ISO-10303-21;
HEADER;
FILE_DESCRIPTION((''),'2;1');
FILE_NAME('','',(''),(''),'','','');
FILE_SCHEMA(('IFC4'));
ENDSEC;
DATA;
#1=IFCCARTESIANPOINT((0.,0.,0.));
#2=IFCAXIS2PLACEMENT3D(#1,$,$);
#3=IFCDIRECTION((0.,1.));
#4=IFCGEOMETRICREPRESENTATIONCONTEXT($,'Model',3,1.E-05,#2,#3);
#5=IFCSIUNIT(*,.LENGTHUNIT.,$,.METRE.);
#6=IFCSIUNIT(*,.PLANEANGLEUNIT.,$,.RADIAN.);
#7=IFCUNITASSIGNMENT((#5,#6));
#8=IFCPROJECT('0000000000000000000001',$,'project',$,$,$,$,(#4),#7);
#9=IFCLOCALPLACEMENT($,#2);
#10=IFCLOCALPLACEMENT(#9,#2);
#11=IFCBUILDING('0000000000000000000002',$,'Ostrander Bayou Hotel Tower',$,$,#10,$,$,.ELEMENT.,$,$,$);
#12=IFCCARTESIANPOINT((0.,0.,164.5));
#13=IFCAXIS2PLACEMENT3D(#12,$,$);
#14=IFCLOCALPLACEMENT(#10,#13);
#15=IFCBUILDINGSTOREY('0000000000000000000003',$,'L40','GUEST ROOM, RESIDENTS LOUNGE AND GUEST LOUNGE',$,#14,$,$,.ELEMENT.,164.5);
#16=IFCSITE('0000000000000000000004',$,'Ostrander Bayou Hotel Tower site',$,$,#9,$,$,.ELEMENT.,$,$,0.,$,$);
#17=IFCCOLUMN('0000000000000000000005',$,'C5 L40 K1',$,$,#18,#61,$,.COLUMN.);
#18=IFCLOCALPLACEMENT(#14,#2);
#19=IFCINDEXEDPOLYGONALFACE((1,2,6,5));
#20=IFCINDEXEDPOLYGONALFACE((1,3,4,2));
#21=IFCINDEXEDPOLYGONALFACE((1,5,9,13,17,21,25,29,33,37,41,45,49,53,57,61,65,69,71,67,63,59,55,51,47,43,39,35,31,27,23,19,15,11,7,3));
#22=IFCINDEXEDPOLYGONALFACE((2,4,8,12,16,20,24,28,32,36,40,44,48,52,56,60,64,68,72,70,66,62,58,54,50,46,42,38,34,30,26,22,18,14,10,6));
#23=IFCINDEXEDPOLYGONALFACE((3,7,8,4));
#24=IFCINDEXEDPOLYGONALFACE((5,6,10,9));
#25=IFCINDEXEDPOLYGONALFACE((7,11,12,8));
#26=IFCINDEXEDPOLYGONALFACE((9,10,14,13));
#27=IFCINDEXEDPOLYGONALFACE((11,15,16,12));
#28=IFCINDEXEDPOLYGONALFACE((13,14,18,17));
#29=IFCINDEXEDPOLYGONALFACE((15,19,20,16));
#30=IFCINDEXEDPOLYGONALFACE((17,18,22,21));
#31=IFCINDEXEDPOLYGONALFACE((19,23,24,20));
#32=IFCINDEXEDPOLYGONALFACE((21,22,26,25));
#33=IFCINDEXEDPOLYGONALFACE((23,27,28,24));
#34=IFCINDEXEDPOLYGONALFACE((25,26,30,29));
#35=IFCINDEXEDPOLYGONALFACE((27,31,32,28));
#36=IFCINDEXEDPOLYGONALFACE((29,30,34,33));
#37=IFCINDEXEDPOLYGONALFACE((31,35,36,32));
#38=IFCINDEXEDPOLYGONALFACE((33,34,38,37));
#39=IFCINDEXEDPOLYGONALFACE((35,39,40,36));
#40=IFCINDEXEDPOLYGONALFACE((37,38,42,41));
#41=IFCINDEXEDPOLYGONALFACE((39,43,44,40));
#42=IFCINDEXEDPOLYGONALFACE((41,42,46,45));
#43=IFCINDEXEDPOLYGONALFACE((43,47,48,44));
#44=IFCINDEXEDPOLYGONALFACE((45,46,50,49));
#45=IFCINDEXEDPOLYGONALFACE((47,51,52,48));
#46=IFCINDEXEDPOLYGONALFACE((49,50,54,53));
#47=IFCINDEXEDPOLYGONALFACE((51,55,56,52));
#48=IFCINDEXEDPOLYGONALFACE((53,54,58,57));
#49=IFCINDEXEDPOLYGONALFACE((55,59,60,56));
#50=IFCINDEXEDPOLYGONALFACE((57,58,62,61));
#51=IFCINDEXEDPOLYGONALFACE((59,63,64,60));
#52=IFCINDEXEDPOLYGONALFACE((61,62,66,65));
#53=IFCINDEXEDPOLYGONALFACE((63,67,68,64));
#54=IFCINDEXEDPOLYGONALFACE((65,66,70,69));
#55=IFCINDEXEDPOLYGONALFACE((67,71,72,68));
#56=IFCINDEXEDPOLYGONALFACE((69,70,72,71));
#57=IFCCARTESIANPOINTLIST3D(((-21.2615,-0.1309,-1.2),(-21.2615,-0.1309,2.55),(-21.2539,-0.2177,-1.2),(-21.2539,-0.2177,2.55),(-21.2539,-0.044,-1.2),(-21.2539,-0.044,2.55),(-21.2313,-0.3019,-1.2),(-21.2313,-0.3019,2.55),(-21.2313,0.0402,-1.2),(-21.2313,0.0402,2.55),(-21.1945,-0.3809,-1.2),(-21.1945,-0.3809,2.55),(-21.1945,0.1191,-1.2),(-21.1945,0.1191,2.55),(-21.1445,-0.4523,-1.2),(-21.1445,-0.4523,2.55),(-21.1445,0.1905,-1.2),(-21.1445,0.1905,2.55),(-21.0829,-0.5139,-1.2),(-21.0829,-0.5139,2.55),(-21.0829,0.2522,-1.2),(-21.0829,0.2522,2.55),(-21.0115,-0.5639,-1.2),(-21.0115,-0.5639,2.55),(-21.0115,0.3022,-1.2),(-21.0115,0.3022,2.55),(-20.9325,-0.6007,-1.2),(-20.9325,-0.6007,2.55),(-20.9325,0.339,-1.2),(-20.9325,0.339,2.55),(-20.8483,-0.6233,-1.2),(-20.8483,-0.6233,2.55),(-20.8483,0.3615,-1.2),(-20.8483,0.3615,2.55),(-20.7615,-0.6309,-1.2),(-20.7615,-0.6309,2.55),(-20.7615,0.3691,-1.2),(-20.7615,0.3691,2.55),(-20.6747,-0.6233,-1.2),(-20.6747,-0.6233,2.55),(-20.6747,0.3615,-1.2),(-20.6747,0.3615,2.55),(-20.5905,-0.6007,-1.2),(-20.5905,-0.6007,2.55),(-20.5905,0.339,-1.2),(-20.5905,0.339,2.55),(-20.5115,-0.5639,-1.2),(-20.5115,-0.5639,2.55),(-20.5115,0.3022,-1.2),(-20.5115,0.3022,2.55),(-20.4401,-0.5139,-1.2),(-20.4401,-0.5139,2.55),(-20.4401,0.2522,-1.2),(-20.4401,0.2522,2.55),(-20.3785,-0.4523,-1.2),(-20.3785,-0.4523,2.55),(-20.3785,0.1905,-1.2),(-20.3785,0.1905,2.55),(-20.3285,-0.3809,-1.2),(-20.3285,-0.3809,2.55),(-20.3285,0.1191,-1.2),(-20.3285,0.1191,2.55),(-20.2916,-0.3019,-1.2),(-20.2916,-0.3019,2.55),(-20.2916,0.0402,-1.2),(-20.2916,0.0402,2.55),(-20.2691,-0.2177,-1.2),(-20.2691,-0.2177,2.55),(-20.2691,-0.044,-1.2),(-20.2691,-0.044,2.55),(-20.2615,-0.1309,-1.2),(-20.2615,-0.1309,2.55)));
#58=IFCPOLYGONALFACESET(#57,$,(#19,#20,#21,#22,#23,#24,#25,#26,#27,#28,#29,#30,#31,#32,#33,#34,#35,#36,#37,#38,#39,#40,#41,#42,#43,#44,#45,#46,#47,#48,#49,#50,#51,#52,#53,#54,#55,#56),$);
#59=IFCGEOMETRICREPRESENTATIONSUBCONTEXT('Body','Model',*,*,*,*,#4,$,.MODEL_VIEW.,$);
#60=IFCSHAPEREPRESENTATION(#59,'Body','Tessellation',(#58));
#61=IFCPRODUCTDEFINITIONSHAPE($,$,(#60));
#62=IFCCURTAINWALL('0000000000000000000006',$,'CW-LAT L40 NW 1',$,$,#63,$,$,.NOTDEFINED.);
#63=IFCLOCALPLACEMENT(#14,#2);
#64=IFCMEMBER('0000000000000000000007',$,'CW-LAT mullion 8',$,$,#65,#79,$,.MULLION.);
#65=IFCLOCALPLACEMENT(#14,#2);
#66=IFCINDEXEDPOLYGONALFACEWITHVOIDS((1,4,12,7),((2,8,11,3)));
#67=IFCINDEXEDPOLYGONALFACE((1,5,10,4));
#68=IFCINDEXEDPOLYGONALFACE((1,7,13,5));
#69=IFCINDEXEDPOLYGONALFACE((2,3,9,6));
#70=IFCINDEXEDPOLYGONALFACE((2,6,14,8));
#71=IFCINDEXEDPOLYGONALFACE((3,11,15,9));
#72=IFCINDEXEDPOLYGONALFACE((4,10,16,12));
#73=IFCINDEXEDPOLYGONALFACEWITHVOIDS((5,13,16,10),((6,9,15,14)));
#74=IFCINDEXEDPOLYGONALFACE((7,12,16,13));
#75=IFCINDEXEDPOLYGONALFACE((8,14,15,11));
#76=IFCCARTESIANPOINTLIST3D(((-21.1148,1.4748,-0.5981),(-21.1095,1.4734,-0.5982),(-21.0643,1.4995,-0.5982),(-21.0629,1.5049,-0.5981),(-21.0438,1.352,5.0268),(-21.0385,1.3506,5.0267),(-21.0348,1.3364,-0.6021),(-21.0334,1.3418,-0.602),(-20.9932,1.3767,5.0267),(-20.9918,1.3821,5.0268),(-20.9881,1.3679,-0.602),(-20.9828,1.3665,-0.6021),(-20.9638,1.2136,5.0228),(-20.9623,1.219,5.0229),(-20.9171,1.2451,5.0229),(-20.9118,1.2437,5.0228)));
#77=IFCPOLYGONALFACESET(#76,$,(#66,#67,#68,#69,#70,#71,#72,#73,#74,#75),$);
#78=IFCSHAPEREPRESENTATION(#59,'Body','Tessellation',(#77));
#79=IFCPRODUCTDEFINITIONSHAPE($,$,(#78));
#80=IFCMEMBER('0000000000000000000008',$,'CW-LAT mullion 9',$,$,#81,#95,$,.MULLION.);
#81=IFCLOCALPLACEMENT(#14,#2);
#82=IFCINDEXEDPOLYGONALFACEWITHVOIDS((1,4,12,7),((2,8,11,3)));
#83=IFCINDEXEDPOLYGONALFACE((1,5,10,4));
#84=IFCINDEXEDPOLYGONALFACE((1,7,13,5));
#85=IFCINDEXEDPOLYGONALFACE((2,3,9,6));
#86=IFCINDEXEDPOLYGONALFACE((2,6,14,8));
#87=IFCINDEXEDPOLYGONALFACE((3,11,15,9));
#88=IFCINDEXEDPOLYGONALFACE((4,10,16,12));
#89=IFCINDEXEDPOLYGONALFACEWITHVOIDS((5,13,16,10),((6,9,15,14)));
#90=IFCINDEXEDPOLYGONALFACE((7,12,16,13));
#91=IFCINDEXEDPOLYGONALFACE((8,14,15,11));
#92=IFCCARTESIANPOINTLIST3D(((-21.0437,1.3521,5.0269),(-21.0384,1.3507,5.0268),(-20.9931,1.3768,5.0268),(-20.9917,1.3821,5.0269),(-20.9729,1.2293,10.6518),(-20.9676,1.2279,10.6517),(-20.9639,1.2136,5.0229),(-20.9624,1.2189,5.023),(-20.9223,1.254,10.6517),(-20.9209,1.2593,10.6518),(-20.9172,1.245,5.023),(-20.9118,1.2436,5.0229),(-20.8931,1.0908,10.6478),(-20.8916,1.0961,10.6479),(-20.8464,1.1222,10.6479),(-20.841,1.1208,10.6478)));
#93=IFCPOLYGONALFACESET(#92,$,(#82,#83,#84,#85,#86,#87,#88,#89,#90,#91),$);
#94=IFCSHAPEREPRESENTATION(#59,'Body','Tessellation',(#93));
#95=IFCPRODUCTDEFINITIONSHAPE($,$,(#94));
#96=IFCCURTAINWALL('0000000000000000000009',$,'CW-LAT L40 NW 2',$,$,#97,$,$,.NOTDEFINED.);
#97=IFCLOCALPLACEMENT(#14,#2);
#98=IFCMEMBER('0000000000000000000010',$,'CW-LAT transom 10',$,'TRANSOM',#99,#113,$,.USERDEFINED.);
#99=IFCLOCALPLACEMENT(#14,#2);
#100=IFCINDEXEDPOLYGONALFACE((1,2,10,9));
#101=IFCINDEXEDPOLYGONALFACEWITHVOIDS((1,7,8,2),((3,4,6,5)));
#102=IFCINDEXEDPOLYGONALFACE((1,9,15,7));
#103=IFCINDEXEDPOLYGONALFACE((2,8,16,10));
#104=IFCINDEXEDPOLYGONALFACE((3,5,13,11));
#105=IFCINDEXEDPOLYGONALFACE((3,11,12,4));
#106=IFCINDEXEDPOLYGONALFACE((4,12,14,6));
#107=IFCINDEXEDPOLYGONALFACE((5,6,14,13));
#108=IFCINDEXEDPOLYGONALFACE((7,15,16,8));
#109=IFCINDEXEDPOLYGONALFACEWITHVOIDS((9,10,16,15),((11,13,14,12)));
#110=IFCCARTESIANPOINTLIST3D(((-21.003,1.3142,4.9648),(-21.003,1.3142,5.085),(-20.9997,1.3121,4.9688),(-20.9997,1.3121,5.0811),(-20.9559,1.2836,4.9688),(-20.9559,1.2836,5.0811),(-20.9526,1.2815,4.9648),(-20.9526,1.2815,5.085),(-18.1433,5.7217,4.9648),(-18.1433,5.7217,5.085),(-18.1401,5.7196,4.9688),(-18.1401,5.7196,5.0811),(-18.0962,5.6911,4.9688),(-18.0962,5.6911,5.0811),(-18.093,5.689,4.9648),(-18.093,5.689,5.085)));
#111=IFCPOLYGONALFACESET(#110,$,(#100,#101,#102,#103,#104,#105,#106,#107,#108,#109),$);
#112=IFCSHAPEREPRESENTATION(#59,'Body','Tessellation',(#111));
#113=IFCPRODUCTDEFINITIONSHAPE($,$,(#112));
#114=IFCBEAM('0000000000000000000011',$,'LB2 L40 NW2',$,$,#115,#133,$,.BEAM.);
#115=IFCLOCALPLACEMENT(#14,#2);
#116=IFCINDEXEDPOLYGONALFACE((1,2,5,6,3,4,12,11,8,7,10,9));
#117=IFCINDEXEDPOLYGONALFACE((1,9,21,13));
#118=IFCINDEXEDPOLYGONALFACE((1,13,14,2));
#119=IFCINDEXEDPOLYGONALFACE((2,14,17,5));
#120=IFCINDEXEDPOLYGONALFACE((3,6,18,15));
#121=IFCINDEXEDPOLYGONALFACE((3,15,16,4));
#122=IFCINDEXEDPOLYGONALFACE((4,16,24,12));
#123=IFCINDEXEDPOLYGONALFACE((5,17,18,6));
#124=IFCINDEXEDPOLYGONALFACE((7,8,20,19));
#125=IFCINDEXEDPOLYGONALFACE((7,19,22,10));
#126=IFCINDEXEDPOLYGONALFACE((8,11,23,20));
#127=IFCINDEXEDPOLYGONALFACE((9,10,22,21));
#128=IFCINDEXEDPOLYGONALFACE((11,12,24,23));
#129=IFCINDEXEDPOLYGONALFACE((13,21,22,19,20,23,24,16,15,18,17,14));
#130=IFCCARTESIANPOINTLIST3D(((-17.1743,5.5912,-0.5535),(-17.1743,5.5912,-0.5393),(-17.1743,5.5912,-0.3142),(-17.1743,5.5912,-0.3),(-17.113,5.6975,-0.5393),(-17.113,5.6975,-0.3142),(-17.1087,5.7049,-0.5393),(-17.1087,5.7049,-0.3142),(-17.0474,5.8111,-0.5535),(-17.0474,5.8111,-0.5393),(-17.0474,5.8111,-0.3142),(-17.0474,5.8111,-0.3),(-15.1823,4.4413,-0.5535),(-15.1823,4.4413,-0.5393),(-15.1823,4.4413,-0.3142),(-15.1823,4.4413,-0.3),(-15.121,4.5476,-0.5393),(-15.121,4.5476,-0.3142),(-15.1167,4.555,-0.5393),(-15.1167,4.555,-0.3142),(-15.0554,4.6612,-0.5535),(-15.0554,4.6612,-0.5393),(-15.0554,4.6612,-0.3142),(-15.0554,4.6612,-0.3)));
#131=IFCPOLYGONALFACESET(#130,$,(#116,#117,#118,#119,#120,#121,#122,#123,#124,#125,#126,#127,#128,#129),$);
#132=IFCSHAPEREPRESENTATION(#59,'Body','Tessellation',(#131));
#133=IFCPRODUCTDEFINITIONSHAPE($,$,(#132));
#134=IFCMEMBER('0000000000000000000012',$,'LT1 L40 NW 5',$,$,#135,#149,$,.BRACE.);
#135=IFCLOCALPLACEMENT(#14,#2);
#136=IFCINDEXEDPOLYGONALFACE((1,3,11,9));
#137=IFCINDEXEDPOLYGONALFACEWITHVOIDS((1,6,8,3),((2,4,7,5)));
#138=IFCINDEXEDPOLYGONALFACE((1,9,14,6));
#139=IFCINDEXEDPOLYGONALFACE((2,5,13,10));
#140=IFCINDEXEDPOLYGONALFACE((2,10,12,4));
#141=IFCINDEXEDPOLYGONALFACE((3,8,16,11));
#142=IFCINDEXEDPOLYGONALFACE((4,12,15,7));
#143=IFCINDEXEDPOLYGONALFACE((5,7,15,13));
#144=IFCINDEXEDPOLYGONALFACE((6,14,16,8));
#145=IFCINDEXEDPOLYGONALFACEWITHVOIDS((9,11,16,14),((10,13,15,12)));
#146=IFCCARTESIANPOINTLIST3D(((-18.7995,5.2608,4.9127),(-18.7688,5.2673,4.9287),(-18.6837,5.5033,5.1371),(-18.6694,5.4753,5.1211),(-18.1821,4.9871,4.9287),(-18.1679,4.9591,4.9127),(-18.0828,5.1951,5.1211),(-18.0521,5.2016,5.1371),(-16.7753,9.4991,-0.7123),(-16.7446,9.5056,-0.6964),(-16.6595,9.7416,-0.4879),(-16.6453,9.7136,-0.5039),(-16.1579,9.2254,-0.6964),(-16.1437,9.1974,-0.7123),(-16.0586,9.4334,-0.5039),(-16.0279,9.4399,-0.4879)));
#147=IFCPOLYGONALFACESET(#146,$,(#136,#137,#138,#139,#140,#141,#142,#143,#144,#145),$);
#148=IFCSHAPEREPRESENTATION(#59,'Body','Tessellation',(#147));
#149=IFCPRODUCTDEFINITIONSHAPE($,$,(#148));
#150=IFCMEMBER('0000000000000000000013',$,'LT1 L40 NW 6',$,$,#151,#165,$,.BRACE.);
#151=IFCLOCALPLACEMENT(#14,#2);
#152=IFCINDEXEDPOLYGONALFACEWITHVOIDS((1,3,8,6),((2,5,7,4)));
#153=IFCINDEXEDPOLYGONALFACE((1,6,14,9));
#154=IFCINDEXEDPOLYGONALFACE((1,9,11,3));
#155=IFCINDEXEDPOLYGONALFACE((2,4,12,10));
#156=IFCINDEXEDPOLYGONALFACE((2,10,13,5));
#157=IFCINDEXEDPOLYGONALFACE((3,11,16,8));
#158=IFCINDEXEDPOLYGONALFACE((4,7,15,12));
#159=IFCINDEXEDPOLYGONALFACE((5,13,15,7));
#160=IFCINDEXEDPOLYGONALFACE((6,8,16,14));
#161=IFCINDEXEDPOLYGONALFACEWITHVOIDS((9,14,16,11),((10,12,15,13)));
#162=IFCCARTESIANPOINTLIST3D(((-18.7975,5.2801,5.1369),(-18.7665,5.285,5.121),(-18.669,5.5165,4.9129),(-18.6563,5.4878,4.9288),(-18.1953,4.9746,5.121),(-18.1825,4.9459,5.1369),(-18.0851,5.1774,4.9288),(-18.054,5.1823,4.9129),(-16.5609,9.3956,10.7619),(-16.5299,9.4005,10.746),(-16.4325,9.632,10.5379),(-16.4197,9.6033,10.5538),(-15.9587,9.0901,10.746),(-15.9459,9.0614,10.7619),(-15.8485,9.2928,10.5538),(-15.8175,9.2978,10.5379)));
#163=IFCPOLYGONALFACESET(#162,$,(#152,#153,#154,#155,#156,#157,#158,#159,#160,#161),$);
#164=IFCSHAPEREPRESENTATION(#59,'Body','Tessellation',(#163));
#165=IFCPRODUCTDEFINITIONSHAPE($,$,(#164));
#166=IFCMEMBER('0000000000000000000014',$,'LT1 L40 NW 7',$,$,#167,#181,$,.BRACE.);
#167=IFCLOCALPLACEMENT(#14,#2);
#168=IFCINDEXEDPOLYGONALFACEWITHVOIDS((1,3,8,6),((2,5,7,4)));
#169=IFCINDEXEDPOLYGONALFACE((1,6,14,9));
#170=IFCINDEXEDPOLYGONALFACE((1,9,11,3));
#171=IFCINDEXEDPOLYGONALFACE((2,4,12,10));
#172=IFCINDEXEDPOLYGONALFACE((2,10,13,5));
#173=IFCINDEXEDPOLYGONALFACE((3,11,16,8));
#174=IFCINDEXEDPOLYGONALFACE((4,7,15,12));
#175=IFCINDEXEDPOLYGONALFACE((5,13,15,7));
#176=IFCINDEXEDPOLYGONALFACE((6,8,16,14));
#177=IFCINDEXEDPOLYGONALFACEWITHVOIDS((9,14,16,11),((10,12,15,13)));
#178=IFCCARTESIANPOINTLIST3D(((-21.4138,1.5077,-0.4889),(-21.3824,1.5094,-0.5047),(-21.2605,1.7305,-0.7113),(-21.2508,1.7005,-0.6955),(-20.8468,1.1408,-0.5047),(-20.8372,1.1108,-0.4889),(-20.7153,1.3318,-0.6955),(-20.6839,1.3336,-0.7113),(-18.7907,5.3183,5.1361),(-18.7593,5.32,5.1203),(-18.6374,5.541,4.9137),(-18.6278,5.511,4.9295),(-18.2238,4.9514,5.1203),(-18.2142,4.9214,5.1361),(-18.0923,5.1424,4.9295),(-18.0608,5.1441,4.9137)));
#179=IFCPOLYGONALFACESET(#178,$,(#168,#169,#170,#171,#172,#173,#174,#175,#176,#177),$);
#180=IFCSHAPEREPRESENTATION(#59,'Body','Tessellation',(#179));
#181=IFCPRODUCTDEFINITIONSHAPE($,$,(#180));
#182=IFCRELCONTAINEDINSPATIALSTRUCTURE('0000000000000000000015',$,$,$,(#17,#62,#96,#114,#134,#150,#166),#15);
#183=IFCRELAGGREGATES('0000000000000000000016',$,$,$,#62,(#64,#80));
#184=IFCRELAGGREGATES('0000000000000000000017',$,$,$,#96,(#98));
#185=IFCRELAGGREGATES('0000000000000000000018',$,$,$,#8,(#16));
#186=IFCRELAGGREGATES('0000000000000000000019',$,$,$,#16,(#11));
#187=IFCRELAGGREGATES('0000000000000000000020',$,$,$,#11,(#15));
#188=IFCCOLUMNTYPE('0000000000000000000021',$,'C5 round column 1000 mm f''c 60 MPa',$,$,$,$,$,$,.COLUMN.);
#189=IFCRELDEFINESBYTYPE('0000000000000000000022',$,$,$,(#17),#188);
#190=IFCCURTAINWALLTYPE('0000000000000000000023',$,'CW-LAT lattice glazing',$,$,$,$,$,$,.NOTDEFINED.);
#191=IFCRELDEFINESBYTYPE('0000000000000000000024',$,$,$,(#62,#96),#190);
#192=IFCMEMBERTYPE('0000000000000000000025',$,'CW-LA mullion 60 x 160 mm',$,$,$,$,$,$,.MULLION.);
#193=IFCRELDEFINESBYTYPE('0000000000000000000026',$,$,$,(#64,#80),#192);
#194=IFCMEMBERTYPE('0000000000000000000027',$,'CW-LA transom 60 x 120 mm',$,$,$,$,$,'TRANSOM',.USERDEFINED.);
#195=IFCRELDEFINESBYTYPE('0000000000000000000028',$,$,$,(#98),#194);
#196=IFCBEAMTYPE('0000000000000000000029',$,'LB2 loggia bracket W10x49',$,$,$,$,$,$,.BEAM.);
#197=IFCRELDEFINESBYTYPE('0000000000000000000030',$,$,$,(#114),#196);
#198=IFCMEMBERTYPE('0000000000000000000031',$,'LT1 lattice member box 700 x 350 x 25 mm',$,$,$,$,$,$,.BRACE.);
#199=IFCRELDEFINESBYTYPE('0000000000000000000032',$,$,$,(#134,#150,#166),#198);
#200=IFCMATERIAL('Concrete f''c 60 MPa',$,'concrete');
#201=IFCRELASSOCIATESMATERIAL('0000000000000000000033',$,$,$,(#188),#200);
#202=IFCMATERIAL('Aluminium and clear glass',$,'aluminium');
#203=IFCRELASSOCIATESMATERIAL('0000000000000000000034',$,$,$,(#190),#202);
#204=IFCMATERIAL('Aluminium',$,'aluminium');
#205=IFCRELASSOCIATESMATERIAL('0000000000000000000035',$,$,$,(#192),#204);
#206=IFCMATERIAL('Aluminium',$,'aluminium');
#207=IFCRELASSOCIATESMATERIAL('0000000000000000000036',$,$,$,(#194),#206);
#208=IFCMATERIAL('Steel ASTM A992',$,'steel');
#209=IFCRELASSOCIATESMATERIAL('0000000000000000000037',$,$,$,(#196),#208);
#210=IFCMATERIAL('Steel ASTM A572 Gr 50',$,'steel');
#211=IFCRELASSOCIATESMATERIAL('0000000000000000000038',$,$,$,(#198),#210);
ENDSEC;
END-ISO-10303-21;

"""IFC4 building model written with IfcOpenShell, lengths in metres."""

from ifc_helpers import new_model, si_unit, direction, frame, origin, origin_2d, place, context, subcontext, project, spatial, hollow_rectangle, circle, i_section, extrude, material, material_profile, profile_set, type_object, element, aggregate, save


model = new_model("IFC4")

# Units and contexts
model_context = context("Model", 3, precision=1e-05, world=origin(), true_north=direction((0.0, 1.0)))
body_context = subcontext(model_context, "Body", "Model", "MODEL_VIEW")
ifc_project = project(units=[si_unit("LENGTHUNIT", "METRE"), si_unit("PLANEANGLEUNIT", "RADIAN")], contexts=[model_context])

# Site, building, storey
site_placement = place(None, origin())
site = spatial("IfcSite", under=ifc_project, at=site_placement, Name="Ostrander Bayou Hotel Tower site", CompositionType="ELEMENT", RefElevation=0.0)
building_placement = place(site_placement, origin())
building = spatial("IfcBuilding", under=site, at=building_placement, Name="Ostrander Bayou Hotel Tower", CompositionType="ELEMENT")
storey_placement = place(building_placement, frame((0.0, 0.0, 164.5)))
storey = spatial("IfcBuildingStorey", under=building, at=storey_placement, Name="L40", Description="GUEST ROOM, RESIDENTS LOUNGE AND GUEST LOUNGE", CompositionType="ELEMENT", Elevation=164.5)

# Column
ifc_material_1 = material(Name="Concrete f'c 60 MPa", Category="concrete")
ifc_material_profile_1 = material_profile(ifc_material_1, circle(Radius=0.5, at=origin_2d()))
ifc_profile_set_1 = profile_set([ifc_material_profile_1], Name="Concrete f'c 60 MPa")
column_type = type_object("IfcColumnType", Name="C5 round column 1000 mm f'c 60 MPa", PredefinedType="COLUMN", material=ifc_profile_set_1)
column_placement = place(storey_placement, frame((-20.7615, -0.1309, -1.2), z_axis=(0.0, 0.0, 1.0), x_axis=(1.0, 0.0, 0.0)))
element("IfcColumn", 1, at=column_placement, inside=storey, type_object=column_type, Name="C5 L40 K1", PredefinedType="COLUMN", context=body_context, shape_type="SweptSolid", body=[
    extrude(circle(Radius=0.5, at=origin_2d()), origin(), (0.0, 0.0, 1.0), 3.75),
])

# Curtain wall, members
ifc_material_2 = material(Name="Aluminium and clear glass", Category="aluminium")
curtain_wall_type = type_object("IfcCurtainWallType", Name="CW-LAT lattice glazing", PredefinedType="NOTDEFINED", material=ifc_material_2)
curtain_wall_1_placement = place(storey_placement, origin())
curtain_wall_1 = element("IfcCurtainWall", 2, at=curtain_wall_1_placement, inside=storey, type_object=curtain_wall_type, Name="CW-LAT L40 NW 1", PredefinedType="NOTDEFINED")
ifc_material_3 = material(Name="Aluminium", Category="aluminium")
ifc_material_profile_2 = material_profile(ifc_material_3, hollow_rectangle(XDim=0.0601, YDim=0.1599, WallThickness=0.0039, at=origin_2d()))
ifc_profile_set_2 = profile_set([ifc_material_profile_2], Name="Aluminium")
member_type_1 = type_object("IfcMemberType", Name="CW-LA mullion 60 x 160 mm", PredefinedType="MULLION", material=ifc_profile_set_2)
member_1_placement = place(storey_placement, frame((-21.0488, 1.4207, -0.6001), z_axis=(0.012626, -0.021825, 0.999682), x_axis=(0.865583, 0.500765, 0.0)))
member_1 = element("IfcMember", 3, at=member_1_placement, type_object=member_type_1, Name="CW-LAT mullion 8", PredefinedType="MULLION", context=body_context, shape_type="SweptSolid", body=[
    extrude(hollow_rectangle(XDim=0.0601, YDim=0.1599, WallThickness=0.0039, at=origin_2d()), origin(), (0.0, 0.0, 1.0), 5.6267),
])
member_2_placement = place(storey_placement, frame((-20.9778, 1.2979, 5.0249), z_axis=(0.012583, -0.021825, 0.999683), x_axis=(0.866329, 0.499474, 0.0)))
member_2 = element("IfcMember", 4, at=member_2_placement, type_object=member_type_1, Name="CW-LAT mullion 9", PredefinedType="MULLION", context=body_context, shape_type="SweptSolid", body=[
    extrude(hollow_rectangle(XDim=0.0601, YDim=0.1599, WallThickness=0.0039, at=origin_2d()), origin(), (0.0, 0.0, 1.0), 5.6267),
])

# Curtain wall, member
curtain_wall_2_placement = place(storey_placement, origin())
curtain_wall_2 = element("IfcCurtainWall", 5, at=curtain_wall_2_placement, inside=storey, type_object=curtain_wall_type, Name="CW-LAT L40 NW 2", PredefinedType="NOTDEFINED")
ifc_material_4 = material(Name="Aluminium", Category="aluminium")
ifc_material_profile_3 = material_profile(ifc_material_4, hollow_rectangle(XDim=0.0601, YDim=0.1201, WallThickness=0.0039, at=origin_2d()))
ifc_profile_set_3 = profile_set([ifc_material_profile_3], Name="Aluminium")
member_type_2 = type_object("IfcMemberType", Name="CW-LA transom 60 x 120 mm", ElementType="TRANSOM", PredefinedType="USERDEFINED", material=ifc_profile_set_3)
member_3_placement = place(storey_placement, frame((-20.9778, 1.2979, 5.0249), z_axis=(0.544287, 0.838899, 0.0), x_axis=(-0.838899, 0.544287, 0.0)))
member_3 = element("IfcMember", 6, at=member_3_placement, type_object=member_type_2, Name="CW-LAT transom 10", ObjectType="TRANSOM", PredefinedType="USERDEFINED", context=body_context, shape_type="SweptSolid", body=[
    extrude(hollow_rectangle(XDim=0.0601, YDim=0.1201, WallThickness=0.0039, at=origin_2d()), origin(), (0.0, 0.0, 1.0), 5.2539),
])

# Beam
ifc_material_5 = material(Name="Steel ASTM A992", Category="steel")
ifc_material_profile_4 = material_profile(ifc_material_5, i_section(OverallWidth=0.2539, OverallDepth=0.2534, WebThickness=0.0085, FlangeThickness=0.0142, at=origin_2d()))
ifc_profile_set_4 = profile_set([ifc_material_profile_4], Name="Steel ASTM A992")
beam_type_1 = type_object("IfcBeamType", Name="LB2 loggia bracket W10x49", PredefinedType="BEAM", material=ifc_profile_set_4)
beam_1_placement = place(storey_placement, frame((-17.1108, 5.7012, -0.4268), z_axis=(0.866053, -0.499952, 0.0), x_axis=(0.499952, 0.866053, 0.0)))
element("IfcBeam", 7, at=beam_1_placement, inside=storey, type_object=beam_type_1, Name="LB2 L40 NW2", PredefinedType="BEAM", context=body_context, shape_type="SweptSolid", body=[
    extrude(i_section(OverallWidth=0.2539, OverallDepth=0.2534, WebThickness=0.0085, FlangeThickness=0.0142, at=origin_2d()), origin(), (0.0, 0.0, 1.0), 2.3),
])

# Members
ifc_material_6 = material(Name="Steel ASTM A572 Gr 50", Category="steel")
ifc_material_profile_5 = material_profile(ifc_material_6, hollow_rectangle(XDim=0.7, YDim=0.3501, WallThickness=0.0249, at=origin_2d()))
ifc_profile_set_5 = profile_set([ifc_material_profile_5], Name="Steel ASTM A572 Gr 50")
member_type_3 = type_object("IfcMemberType", Name="LT1 lattice member box 700 x 350 x 25 mm", PredefinedType="BRACE", material=ifc_profile_set_5)
member_4_placement = place(storey_placement, frame((-18.4258, 5.2312, 5.0249), z_axis=(0.276221, 0.578361, -0.767594), x_axis=(-0.902369, 0.430964, 0.0)))
element("IfcMember", 8, at=member_4_placement, inside=storey, type_object=member_type_3, Name="LT1 L40 NW 5", PredefinedType="BRACE", context=body_context, shape_type="SweptSolid", body=[
    extrude(hollow_rectangle(XDim=0.7, YDim=0.3501, WallThickness=0.0249, at=origin_2d()), origin(), (0.0, 0.0, 1.0), 7.3281),
])
member_5_placement = place(storey_placement, frame((-18.4258, 5.2312, 5.0249), z_axis=(0.305549, 0.562236, 0.76846), x_axis=(-0.878634, 0.477497, 0.0)))
element("IfcMember", 9, at=member_5_placement, inside=storey, type_object=member_type_3, Name="LT1 L40 NW 6", PredefinedType="BRACE", context=body_context, shape_type="SweptSolid", body=[
    extrude(hollow_rectangle(XDim=0.7, YDim=0.3501, WallThickness=0.0249, at=origin_2d()), origin(), (0.0, 0.0, 1.0), 7.3198),
])
member_6_placement = place(storey_placement, frame((-18.4258, 5.2312, 5.0249), z_axis=(-0.360163, -0.523215, -0.772353), x_axis=(0.823709, -0.567013, 0.0)))
element("IfcMember", 10, at=member_6_placement, inside=storey, type_object=member_type_3, Name="LT1 L40 NW 7", PredefinedType="BRACE", context=body_context, shape_type="SweptSolid", body=[
    extrude(hollow_rectangle(XDim=0.7, YDim=0.3501, WallThickness=0.0249, at=origin_2d()), origin(), (0.0, 0.0, 1.0), 7.283),
])

aggregate(curtain_wall_1, [member_1, member_2])
aggregate(curtain_wall_2, [member_3])

save(model, "model.ifc")
